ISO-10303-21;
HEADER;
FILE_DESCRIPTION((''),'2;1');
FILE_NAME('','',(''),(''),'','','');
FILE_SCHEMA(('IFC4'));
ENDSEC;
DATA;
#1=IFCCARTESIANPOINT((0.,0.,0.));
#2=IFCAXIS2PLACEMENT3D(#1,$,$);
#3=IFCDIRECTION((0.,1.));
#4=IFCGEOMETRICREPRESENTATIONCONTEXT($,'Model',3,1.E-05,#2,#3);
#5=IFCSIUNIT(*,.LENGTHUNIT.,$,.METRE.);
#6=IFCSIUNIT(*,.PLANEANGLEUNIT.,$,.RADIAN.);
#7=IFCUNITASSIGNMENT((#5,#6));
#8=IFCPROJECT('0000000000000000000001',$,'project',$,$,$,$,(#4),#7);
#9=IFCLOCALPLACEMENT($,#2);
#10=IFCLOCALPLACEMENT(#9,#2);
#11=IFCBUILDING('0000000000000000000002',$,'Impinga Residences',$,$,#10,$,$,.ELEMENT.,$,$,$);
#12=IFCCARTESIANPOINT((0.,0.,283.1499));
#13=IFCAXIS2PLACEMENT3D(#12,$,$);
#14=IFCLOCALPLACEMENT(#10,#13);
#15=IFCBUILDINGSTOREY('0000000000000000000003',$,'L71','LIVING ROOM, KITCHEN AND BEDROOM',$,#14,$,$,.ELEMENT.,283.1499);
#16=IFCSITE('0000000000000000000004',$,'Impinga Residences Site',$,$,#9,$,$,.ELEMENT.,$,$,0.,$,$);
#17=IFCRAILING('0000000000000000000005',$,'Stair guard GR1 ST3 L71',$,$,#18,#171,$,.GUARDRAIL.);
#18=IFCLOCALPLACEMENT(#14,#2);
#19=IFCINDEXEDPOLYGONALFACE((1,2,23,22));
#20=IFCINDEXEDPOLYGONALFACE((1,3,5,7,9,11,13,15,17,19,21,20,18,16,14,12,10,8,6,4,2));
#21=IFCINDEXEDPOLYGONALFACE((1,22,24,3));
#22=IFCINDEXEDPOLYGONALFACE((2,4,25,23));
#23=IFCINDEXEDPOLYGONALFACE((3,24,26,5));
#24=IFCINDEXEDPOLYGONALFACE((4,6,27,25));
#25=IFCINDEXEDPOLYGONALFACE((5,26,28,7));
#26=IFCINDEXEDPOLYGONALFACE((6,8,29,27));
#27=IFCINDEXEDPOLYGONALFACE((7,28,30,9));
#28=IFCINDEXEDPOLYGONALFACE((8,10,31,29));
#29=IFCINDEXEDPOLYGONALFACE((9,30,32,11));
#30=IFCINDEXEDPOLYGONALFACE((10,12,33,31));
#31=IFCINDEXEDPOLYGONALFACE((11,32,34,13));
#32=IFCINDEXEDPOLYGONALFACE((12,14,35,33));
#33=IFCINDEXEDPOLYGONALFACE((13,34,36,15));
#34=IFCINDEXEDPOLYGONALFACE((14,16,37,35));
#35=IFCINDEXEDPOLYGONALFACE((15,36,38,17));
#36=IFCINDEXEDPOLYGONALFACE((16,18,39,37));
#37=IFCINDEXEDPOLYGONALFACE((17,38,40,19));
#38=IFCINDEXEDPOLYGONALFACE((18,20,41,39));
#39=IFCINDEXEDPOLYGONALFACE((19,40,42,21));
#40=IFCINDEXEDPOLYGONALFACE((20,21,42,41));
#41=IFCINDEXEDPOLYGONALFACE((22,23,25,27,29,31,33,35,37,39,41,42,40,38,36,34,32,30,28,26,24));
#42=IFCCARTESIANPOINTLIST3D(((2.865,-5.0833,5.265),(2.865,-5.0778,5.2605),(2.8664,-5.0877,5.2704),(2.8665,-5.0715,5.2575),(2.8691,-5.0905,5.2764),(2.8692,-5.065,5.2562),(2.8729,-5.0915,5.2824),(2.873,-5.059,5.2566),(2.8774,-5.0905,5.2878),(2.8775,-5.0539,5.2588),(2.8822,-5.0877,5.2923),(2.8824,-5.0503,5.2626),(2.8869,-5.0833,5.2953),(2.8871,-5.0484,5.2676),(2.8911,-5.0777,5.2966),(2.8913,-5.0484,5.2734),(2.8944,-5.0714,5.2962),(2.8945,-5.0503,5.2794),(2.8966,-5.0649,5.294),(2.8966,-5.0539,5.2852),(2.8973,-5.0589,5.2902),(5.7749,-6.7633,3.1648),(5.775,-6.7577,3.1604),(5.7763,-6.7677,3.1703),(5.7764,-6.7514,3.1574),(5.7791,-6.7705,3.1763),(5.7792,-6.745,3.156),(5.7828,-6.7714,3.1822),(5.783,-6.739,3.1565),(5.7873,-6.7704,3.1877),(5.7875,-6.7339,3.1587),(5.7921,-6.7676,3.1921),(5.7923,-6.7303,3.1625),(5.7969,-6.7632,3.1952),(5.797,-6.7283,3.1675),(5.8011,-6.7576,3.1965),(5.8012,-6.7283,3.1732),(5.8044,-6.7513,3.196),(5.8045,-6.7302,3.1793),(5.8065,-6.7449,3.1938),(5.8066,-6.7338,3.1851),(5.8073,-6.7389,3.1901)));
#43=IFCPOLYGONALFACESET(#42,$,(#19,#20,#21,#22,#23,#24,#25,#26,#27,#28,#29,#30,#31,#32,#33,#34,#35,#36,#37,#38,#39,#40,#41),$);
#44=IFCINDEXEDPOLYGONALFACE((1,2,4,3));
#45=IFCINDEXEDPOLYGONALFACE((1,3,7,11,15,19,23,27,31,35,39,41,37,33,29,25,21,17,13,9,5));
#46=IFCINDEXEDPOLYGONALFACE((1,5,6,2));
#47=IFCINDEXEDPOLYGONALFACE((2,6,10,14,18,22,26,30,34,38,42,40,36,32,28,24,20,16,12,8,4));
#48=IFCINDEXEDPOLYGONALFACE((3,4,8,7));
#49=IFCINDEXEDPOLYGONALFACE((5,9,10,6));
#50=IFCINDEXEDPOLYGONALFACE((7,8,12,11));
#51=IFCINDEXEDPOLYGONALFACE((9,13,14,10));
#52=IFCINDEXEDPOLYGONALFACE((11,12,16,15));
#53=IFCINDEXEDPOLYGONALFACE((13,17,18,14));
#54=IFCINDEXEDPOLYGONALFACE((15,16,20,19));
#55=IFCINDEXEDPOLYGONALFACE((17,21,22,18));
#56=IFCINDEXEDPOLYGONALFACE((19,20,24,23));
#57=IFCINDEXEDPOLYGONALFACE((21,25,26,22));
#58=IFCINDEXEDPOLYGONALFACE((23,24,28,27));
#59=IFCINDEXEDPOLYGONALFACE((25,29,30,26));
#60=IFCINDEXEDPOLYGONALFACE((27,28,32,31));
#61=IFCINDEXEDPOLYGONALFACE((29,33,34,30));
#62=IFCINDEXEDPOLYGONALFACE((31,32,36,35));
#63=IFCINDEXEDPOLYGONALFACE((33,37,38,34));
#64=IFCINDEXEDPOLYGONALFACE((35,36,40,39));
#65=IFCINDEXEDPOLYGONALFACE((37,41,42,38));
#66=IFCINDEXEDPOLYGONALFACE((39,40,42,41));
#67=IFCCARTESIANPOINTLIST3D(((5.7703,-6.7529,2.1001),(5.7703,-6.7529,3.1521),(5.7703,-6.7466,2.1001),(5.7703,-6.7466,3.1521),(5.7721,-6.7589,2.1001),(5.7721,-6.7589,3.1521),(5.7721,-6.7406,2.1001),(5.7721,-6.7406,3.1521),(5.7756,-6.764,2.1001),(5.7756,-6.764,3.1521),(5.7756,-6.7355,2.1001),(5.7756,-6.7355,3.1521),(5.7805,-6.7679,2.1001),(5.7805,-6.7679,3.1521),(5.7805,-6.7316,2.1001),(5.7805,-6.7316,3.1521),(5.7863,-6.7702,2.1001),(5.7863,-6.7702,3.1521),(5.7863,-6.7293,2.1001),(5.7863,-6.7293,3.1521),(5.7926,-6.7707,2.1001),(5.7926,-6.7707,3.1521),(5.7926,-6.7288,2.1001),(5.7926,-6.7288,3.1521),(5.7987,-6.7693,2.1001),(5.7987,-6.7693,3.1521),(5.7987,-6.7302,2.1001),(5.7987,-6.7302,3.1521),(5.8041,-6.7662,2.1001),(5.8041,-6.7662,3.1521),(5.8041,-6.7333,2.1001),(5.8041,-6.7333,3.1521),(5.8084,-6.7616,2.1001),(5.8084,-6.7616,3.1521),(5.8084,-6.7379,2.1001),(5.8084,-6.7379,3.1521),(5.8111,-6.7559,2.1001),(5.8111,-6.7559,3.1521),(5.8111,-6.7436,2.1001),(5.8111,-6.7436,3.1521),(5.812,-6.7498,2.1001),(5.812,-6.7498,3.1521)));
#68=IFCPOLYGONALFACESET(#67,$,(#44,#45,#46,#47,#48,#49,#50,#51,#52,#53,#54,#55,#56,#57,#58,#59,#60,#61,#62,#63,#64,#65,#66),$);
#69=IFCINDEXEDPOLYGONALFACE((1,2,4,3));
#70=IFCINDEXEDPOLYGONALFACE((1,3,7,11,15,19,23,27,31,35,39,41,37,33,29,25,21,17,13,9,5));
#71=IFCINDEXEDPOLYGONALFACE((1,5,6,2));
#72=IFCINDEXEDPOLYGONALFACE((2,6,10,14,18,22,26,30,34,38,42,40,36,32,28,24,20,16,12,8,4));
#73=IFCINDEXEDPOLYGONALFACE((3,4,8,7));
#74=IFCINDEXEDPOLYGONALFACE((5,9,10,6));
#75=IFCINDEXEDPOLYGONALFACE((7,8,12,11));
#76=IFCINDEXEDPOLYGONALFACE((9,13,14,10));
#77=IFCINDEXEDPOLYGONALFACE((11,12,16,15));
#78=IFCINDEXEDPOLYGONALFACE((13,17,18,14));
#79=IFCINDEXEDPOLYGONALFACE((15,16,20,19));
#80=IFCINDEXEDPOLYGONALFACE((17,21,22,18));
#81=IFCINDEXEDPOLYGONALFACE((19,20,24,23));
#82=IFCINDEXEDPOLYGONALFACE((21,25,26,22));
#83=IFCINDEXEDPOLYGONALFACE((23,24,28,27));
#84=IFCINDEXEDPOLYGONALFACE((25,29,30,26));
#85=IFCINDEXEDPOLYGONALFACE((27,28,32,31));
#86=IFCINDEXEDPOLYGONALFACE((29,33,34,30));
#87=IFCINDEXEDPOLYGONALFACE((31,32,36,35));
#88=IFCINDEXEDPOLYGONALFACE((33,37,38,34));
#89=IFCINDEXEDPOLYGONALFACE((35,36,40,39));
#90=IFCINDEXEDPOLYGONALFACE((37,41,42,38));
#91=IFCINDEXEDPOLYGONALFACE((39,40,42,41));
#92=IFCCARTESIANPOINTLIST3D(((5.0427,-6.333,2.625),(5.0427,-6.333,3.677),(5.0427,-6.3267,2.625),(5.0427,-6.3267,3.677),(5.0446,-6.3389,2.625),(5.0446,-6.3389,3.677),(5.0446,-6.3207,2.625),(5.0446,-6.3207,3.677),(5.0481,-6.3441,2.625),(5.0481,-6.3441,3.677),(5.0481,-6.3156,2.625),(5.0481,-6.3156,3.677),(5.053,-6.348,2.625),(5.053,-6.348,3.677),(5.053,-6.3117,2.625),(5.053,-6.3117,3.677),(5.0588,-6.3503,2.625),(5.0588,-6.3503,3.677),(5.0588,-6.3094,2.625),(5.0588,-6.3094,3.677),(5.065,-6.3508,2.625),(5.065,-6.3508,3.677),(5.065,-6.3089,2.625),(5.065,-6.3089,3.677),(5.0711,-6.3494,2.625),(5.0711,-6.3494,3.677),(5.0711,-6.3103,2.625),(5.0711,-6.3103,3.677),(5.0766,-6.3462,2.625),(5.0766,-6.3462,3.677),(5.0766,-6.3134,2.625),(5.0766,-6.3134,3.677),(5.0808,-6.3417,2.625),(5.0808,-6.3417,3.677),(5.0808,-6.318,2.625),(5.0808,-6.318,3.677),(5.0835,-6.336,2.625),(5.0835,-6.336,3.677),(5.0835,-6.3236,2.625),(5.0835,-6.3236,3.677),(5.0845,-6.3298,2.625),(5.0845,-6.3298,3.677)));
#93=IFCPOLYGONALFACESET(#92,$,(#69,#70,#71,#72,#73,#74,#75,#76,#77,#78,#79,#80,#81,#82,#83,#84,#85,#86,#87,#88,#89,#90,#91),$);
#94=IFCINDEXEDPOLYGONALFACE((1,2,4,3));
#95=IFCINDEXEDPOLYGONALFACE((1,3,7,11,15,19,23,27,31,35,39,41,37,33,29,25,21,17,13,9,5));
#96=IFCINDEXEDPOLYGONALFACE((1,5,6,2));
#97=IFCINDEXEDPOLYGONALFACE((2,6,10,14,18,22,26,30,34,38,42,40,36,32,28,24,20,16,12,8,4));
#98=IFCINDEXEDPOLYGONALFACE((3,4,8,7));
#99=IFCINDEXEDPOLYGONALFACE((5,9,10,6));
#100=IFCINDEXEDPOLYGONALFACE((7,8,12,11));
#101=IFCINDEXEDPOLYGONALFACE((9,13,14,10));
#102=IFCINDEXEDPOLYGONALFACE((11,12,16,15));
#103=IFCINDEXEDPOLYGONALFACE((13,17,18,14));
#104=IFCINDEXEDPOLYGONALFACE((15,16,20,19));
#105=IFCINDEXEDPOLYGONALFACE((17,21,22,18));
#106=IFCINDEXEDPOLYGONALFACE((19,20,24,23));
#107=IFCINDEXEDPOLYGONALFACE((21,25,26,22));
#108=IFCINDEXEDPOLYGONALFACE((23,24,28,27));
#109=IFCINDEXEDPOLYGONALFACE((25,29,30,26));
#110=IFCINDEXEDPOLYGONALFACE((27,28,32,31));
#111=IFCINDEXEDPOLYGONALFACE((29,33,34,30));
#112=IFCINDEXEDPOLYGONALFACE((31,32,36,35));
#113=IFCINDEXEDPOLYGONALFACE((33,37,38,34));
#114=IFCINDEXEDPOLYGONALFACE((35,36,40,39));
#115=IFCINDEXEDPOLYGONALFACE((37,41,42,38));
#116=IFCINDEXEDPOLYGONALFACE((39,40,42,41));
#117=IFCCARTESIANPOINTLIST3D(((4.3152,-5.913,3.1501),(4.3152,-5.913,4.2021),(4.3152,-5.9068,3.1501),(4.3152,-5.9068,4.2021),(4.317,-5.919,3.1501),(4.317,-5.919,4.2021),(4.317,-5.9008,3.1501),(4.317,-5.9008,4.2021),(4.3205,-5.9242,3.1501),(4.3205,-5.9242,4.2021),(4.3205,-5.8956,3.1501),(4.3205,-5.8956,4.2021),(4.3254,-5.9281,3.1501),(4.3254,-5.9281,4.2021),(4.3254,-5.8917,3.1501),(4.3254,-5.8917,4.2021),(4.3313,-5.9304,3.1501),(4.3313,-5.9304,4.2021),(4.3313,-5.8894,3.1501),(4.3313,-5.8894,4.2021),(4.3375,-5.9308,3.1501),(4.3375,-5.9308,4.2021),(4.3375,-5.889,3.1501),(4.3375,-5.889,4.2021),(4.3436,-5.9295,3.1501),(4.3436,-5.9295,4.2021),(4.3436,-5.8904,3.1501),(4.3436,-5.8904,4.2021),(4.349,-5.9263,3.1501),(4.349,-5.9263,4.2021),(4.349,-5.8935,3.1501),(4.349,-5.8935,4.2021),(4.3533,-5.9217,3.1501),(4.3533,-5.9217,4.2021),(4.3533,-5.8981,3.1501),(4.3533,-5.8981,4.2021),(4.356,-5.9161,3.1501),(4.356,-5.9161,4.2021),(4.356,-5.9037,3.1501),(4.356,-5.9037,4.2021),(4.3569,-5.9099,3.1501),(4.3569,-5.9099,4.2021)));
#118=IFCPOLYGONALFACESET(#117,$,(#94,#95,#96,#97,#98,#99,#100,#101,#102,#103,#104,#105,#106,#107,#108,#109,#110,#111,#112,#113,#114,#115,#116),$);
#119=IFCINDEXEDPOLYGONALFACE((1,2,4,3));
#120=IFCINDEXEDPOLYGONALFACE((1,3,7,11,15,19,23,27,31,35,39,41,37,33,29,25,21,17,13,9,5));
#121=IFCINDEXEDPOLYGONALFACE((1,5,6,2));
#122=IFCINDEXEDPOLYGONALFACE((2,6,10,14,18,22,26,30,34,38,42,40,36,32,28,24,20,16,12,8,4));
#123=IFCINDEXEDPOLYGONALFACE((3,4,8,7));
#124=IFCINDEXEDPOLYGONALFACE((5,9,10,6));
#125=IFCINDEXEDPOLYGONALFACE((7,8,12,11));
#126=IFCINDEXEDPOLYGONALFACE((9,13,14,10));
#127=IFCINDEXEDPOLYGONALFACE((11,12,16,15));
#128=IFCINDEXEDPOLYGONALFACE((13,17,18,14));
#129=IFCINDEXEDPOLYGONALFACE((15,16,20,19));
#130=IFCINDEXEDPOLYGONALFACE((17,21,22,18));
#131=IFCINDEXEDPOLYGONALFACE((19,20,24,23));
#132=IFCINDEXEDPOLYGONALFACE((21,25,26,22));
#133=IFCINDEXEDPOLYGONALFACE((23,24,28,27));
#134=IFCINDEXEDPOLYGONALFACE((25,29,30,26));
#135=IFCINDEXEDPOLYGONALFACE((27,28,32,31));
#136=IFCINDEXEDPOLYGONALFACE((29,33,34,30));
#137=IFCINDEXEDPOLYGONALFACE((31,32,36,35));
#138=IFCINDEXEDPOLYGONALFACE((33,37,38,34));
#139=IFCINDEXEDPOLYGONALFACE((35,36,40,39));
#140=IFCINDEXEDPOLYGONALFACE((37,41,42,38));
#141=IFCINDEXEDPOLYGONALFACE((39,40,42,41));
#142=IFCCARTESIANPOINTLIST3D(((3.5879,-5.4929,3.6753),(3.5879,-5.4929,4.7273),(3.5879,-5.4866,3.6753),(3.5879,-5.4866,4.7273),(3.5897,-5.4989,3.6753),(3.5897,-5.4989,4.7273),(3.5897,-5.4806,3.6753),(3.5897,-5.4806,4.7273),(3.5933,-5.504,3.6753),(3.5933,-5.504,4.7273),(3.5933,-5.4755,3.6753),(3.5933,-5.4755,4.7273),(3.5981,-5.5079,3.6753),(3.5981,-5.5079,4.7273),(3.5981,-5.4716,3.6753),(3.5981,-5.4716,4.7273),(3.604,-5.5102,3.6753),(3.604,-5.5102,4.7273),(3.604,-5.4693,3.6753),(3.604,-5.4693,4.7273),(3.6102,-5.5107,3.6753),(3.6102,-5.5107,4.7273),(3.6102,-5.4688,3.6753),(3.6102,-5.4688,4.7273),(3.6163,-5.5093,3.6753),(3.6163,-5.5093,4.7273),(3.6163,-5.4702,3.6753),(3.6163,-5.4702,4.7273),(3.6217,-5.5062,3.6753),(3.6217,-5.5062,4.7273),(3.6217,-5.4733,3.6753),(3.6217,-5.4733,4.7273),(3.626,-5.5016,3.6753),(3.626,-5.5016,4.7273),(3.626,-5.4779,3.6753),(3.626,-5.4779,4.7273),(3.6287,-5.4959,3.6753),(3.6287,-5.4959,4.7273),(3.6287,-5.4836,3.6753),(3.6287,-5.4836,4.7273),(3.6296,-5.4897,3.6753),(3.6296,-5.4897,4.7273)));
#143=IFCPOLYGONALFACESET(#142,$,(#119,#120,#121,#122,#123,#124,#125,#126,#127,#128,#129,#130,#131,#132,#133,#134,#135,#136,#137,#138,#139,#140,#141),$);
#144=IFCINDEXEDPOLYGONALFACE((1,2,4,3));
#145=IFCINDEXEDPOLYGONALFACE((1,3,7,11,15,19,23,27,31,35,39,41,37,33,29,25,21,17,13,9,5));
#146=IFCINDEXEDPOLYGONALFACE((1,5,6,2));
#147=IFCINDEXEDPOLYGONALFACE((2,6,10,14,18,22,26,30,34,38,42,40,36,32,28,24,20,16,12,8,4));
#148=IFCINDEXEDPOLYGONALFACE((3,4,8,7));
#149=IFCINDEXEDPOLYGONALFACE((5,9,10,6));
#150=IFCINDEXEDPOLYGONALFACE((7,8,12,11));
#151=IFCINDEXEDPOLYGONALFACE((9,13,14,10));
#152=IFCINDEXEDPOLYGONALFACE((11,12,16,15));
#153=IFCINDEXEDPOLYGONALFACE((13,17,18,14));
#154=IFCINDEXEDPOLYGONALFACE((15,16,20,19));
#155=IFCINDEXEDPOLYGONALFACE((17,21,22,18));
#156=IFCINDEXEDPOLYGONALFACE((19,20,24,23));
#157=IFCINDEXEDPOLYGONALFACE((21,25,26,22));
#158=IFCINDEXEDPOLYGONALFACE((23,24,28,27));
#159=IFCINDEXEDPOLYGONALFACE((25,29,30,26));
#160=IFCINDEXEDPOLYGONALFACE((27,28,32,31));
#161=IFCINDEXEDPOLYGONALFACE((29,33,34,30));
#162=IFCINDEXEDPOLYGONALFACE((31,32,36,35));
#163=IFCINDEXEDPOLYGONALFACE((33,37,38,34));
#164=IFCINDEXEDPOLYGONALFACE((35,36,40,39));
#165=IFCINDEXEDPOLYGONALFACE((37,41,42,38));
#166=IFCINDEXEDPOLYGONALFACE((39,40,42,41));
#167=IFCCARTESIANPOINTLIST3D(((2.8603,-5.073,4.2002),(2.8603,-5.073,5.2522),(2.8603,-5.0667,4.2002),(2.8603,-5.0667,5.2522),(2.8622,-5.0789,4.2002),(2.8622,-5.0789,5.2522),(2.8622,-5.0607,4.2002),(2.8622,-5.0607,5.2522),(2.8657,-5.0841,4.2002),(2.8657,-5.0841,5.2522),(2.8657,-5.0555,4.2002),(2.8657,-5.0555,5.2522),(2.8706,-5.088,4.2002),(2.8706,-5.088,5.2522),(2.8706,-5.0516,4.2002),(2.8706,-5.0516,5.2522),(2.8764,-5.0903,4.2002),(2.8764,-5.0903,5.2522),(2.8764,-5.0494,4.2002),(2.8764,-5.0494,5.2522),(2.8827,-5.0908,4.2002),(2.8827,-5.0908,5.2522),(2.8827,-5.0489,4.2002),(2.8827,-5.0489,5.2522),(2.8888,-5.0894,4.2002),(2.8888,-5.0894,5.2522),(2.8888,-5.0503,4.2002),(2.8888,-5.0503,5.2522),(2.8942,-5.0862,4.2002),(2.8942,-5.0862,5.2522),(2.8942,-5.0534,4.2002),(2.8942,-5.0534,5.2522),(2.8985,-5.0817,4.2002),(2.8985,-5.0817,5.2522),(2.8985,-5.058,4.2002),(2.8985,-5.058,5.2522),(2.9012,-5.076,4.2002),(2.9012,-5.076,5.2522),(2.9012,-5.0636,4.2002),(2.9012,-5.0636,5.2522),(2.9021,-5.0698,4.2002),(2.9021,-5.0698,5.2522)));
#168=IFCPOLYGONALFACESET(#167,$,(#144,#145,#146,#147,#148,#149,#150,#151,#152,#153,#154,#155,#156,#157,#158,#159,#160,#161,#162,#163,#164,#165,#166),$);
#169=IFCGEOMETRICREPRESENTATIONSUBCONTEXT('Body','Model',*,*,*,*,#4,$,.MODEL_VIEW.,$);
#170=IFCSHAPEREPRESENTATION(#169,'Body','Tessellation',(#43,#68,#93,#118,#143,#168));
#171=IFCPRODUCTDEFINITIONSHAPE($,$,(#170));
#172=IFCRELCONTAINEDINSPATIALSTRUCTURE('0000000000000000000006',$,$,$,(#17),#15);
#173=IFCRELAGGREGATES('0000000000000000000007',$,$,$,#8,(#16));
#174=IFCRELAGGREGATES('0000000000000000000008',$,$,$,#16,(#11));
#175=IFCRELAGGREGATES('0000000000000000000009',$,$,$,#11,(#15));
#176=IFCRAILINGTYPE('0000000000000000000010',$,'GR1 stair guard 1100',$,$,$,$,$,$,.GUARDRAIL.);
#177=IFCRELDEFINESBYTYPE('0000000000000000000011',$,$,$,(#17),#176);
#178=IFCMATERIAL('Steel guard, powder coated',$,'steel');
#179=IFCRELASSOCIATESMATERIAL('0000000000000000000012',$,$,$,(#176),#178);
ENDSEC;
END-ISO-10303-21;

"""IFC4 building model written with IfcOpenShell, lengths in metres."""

from ifc_helpers import new_model, si_unit, direction, frame, origin, origin_2d, place, context, subcontext, project, spatial, circle, extrude, material, type_object, element, save


model = new_model("IFC4")

# Units and contexts
model_context = context("Model", 3, precision=1e-05, world=origin(), true_north=direction((0.0, 1.0)))
body_context = subcontext(model_context, "Body", "Model", "MODEL_VIEW")
ifc_project = project(units=[si_unit("LENGTHUNIT", "METRE"), si_unit("PLANEANGLEUNIT", "RADIAN")], contexts=[model_context])

# Site, building, storey
site_placement = place(None, origin())
site = spatial("IfcSite", under=ifc_project, at=site_placement, Name="Impinga Residences Site", CompositionType="ELEMENT", RefElevation=0.0)
building_placement = place(site_placement, origin())
building = spatial("IfcBuilding", under=site, at=building_placement, Name="Impinga Residences", CompositionType="ELEMENT")
storey_placement = place(building_placement, frame((0.0, 0.0, 283.1499)))
storey = spatial("IfcBuildingStorey", under=building, at=storey_placement, Name="L71", Description="LIVING ROOM, KITCHEN AND BEDROOM", CompositionType="ELEMENT", Elevation=283.1499)

# Railing
ifc_material_1 = material(Name="Steel guard, powder coated", Category="steel")
railing_type_1 = type_object("IfcRailingType", Name="GR1 stair guard 1100", PredefinedType="GUARDRAIL", material=ifc_material_1)
railing_1_placement = place(storey_placement, frame((5.791, -6.7498, 2.1001)))
element("IfcRailing", 1, at=railing_1_placement, inside=storey, type_object=railing_type_1, Name="Stair guard GR1 ST3 L71", PredefinedType="GUARDRAIL", context=body_context, shape_type="SweptSolid", body=[
    extrude(circle(Radius=0.0239, at=origin_2d()), frame((0.0, 0.0, 1.0762), z_axis=(-0.734392, 0.423974, 0.530014), x_axis=(-0.499976, -0.866039, 0.0)), (0.0, 0.0, 1.0), 3.9624),
    extrude(circle(Radius=0.021, at=origin_2d()), origin(), (0.0, 0.0, 1.0), 1.052),
    extrude(circle(Radius=0.021, at=origin_2d()), frame((-0.7275, 0.4199, 0.5249)), (0.0, 0.0, 1.0), 1.052),
    extrude(circle(Radius=0.021, at=origin_2d()), frame((-1.4551, 0.8398, 1.05)), (0.0, 0.0, 1.0), 1.052),
    extrude(circle(Radius=0.021, at=origin_2d()), frame((-2.1824, 1.26, 1.5752)), (0.0, 0.0, 1.0), 1.052),
    extrude(circle(Radius=0.021, at=origin_2d()), frame((-2.9099, 1.6799, 2.1001)), (0.0, 0.0, 1.0), 1.052),
])

save(model, "model.ifc")
